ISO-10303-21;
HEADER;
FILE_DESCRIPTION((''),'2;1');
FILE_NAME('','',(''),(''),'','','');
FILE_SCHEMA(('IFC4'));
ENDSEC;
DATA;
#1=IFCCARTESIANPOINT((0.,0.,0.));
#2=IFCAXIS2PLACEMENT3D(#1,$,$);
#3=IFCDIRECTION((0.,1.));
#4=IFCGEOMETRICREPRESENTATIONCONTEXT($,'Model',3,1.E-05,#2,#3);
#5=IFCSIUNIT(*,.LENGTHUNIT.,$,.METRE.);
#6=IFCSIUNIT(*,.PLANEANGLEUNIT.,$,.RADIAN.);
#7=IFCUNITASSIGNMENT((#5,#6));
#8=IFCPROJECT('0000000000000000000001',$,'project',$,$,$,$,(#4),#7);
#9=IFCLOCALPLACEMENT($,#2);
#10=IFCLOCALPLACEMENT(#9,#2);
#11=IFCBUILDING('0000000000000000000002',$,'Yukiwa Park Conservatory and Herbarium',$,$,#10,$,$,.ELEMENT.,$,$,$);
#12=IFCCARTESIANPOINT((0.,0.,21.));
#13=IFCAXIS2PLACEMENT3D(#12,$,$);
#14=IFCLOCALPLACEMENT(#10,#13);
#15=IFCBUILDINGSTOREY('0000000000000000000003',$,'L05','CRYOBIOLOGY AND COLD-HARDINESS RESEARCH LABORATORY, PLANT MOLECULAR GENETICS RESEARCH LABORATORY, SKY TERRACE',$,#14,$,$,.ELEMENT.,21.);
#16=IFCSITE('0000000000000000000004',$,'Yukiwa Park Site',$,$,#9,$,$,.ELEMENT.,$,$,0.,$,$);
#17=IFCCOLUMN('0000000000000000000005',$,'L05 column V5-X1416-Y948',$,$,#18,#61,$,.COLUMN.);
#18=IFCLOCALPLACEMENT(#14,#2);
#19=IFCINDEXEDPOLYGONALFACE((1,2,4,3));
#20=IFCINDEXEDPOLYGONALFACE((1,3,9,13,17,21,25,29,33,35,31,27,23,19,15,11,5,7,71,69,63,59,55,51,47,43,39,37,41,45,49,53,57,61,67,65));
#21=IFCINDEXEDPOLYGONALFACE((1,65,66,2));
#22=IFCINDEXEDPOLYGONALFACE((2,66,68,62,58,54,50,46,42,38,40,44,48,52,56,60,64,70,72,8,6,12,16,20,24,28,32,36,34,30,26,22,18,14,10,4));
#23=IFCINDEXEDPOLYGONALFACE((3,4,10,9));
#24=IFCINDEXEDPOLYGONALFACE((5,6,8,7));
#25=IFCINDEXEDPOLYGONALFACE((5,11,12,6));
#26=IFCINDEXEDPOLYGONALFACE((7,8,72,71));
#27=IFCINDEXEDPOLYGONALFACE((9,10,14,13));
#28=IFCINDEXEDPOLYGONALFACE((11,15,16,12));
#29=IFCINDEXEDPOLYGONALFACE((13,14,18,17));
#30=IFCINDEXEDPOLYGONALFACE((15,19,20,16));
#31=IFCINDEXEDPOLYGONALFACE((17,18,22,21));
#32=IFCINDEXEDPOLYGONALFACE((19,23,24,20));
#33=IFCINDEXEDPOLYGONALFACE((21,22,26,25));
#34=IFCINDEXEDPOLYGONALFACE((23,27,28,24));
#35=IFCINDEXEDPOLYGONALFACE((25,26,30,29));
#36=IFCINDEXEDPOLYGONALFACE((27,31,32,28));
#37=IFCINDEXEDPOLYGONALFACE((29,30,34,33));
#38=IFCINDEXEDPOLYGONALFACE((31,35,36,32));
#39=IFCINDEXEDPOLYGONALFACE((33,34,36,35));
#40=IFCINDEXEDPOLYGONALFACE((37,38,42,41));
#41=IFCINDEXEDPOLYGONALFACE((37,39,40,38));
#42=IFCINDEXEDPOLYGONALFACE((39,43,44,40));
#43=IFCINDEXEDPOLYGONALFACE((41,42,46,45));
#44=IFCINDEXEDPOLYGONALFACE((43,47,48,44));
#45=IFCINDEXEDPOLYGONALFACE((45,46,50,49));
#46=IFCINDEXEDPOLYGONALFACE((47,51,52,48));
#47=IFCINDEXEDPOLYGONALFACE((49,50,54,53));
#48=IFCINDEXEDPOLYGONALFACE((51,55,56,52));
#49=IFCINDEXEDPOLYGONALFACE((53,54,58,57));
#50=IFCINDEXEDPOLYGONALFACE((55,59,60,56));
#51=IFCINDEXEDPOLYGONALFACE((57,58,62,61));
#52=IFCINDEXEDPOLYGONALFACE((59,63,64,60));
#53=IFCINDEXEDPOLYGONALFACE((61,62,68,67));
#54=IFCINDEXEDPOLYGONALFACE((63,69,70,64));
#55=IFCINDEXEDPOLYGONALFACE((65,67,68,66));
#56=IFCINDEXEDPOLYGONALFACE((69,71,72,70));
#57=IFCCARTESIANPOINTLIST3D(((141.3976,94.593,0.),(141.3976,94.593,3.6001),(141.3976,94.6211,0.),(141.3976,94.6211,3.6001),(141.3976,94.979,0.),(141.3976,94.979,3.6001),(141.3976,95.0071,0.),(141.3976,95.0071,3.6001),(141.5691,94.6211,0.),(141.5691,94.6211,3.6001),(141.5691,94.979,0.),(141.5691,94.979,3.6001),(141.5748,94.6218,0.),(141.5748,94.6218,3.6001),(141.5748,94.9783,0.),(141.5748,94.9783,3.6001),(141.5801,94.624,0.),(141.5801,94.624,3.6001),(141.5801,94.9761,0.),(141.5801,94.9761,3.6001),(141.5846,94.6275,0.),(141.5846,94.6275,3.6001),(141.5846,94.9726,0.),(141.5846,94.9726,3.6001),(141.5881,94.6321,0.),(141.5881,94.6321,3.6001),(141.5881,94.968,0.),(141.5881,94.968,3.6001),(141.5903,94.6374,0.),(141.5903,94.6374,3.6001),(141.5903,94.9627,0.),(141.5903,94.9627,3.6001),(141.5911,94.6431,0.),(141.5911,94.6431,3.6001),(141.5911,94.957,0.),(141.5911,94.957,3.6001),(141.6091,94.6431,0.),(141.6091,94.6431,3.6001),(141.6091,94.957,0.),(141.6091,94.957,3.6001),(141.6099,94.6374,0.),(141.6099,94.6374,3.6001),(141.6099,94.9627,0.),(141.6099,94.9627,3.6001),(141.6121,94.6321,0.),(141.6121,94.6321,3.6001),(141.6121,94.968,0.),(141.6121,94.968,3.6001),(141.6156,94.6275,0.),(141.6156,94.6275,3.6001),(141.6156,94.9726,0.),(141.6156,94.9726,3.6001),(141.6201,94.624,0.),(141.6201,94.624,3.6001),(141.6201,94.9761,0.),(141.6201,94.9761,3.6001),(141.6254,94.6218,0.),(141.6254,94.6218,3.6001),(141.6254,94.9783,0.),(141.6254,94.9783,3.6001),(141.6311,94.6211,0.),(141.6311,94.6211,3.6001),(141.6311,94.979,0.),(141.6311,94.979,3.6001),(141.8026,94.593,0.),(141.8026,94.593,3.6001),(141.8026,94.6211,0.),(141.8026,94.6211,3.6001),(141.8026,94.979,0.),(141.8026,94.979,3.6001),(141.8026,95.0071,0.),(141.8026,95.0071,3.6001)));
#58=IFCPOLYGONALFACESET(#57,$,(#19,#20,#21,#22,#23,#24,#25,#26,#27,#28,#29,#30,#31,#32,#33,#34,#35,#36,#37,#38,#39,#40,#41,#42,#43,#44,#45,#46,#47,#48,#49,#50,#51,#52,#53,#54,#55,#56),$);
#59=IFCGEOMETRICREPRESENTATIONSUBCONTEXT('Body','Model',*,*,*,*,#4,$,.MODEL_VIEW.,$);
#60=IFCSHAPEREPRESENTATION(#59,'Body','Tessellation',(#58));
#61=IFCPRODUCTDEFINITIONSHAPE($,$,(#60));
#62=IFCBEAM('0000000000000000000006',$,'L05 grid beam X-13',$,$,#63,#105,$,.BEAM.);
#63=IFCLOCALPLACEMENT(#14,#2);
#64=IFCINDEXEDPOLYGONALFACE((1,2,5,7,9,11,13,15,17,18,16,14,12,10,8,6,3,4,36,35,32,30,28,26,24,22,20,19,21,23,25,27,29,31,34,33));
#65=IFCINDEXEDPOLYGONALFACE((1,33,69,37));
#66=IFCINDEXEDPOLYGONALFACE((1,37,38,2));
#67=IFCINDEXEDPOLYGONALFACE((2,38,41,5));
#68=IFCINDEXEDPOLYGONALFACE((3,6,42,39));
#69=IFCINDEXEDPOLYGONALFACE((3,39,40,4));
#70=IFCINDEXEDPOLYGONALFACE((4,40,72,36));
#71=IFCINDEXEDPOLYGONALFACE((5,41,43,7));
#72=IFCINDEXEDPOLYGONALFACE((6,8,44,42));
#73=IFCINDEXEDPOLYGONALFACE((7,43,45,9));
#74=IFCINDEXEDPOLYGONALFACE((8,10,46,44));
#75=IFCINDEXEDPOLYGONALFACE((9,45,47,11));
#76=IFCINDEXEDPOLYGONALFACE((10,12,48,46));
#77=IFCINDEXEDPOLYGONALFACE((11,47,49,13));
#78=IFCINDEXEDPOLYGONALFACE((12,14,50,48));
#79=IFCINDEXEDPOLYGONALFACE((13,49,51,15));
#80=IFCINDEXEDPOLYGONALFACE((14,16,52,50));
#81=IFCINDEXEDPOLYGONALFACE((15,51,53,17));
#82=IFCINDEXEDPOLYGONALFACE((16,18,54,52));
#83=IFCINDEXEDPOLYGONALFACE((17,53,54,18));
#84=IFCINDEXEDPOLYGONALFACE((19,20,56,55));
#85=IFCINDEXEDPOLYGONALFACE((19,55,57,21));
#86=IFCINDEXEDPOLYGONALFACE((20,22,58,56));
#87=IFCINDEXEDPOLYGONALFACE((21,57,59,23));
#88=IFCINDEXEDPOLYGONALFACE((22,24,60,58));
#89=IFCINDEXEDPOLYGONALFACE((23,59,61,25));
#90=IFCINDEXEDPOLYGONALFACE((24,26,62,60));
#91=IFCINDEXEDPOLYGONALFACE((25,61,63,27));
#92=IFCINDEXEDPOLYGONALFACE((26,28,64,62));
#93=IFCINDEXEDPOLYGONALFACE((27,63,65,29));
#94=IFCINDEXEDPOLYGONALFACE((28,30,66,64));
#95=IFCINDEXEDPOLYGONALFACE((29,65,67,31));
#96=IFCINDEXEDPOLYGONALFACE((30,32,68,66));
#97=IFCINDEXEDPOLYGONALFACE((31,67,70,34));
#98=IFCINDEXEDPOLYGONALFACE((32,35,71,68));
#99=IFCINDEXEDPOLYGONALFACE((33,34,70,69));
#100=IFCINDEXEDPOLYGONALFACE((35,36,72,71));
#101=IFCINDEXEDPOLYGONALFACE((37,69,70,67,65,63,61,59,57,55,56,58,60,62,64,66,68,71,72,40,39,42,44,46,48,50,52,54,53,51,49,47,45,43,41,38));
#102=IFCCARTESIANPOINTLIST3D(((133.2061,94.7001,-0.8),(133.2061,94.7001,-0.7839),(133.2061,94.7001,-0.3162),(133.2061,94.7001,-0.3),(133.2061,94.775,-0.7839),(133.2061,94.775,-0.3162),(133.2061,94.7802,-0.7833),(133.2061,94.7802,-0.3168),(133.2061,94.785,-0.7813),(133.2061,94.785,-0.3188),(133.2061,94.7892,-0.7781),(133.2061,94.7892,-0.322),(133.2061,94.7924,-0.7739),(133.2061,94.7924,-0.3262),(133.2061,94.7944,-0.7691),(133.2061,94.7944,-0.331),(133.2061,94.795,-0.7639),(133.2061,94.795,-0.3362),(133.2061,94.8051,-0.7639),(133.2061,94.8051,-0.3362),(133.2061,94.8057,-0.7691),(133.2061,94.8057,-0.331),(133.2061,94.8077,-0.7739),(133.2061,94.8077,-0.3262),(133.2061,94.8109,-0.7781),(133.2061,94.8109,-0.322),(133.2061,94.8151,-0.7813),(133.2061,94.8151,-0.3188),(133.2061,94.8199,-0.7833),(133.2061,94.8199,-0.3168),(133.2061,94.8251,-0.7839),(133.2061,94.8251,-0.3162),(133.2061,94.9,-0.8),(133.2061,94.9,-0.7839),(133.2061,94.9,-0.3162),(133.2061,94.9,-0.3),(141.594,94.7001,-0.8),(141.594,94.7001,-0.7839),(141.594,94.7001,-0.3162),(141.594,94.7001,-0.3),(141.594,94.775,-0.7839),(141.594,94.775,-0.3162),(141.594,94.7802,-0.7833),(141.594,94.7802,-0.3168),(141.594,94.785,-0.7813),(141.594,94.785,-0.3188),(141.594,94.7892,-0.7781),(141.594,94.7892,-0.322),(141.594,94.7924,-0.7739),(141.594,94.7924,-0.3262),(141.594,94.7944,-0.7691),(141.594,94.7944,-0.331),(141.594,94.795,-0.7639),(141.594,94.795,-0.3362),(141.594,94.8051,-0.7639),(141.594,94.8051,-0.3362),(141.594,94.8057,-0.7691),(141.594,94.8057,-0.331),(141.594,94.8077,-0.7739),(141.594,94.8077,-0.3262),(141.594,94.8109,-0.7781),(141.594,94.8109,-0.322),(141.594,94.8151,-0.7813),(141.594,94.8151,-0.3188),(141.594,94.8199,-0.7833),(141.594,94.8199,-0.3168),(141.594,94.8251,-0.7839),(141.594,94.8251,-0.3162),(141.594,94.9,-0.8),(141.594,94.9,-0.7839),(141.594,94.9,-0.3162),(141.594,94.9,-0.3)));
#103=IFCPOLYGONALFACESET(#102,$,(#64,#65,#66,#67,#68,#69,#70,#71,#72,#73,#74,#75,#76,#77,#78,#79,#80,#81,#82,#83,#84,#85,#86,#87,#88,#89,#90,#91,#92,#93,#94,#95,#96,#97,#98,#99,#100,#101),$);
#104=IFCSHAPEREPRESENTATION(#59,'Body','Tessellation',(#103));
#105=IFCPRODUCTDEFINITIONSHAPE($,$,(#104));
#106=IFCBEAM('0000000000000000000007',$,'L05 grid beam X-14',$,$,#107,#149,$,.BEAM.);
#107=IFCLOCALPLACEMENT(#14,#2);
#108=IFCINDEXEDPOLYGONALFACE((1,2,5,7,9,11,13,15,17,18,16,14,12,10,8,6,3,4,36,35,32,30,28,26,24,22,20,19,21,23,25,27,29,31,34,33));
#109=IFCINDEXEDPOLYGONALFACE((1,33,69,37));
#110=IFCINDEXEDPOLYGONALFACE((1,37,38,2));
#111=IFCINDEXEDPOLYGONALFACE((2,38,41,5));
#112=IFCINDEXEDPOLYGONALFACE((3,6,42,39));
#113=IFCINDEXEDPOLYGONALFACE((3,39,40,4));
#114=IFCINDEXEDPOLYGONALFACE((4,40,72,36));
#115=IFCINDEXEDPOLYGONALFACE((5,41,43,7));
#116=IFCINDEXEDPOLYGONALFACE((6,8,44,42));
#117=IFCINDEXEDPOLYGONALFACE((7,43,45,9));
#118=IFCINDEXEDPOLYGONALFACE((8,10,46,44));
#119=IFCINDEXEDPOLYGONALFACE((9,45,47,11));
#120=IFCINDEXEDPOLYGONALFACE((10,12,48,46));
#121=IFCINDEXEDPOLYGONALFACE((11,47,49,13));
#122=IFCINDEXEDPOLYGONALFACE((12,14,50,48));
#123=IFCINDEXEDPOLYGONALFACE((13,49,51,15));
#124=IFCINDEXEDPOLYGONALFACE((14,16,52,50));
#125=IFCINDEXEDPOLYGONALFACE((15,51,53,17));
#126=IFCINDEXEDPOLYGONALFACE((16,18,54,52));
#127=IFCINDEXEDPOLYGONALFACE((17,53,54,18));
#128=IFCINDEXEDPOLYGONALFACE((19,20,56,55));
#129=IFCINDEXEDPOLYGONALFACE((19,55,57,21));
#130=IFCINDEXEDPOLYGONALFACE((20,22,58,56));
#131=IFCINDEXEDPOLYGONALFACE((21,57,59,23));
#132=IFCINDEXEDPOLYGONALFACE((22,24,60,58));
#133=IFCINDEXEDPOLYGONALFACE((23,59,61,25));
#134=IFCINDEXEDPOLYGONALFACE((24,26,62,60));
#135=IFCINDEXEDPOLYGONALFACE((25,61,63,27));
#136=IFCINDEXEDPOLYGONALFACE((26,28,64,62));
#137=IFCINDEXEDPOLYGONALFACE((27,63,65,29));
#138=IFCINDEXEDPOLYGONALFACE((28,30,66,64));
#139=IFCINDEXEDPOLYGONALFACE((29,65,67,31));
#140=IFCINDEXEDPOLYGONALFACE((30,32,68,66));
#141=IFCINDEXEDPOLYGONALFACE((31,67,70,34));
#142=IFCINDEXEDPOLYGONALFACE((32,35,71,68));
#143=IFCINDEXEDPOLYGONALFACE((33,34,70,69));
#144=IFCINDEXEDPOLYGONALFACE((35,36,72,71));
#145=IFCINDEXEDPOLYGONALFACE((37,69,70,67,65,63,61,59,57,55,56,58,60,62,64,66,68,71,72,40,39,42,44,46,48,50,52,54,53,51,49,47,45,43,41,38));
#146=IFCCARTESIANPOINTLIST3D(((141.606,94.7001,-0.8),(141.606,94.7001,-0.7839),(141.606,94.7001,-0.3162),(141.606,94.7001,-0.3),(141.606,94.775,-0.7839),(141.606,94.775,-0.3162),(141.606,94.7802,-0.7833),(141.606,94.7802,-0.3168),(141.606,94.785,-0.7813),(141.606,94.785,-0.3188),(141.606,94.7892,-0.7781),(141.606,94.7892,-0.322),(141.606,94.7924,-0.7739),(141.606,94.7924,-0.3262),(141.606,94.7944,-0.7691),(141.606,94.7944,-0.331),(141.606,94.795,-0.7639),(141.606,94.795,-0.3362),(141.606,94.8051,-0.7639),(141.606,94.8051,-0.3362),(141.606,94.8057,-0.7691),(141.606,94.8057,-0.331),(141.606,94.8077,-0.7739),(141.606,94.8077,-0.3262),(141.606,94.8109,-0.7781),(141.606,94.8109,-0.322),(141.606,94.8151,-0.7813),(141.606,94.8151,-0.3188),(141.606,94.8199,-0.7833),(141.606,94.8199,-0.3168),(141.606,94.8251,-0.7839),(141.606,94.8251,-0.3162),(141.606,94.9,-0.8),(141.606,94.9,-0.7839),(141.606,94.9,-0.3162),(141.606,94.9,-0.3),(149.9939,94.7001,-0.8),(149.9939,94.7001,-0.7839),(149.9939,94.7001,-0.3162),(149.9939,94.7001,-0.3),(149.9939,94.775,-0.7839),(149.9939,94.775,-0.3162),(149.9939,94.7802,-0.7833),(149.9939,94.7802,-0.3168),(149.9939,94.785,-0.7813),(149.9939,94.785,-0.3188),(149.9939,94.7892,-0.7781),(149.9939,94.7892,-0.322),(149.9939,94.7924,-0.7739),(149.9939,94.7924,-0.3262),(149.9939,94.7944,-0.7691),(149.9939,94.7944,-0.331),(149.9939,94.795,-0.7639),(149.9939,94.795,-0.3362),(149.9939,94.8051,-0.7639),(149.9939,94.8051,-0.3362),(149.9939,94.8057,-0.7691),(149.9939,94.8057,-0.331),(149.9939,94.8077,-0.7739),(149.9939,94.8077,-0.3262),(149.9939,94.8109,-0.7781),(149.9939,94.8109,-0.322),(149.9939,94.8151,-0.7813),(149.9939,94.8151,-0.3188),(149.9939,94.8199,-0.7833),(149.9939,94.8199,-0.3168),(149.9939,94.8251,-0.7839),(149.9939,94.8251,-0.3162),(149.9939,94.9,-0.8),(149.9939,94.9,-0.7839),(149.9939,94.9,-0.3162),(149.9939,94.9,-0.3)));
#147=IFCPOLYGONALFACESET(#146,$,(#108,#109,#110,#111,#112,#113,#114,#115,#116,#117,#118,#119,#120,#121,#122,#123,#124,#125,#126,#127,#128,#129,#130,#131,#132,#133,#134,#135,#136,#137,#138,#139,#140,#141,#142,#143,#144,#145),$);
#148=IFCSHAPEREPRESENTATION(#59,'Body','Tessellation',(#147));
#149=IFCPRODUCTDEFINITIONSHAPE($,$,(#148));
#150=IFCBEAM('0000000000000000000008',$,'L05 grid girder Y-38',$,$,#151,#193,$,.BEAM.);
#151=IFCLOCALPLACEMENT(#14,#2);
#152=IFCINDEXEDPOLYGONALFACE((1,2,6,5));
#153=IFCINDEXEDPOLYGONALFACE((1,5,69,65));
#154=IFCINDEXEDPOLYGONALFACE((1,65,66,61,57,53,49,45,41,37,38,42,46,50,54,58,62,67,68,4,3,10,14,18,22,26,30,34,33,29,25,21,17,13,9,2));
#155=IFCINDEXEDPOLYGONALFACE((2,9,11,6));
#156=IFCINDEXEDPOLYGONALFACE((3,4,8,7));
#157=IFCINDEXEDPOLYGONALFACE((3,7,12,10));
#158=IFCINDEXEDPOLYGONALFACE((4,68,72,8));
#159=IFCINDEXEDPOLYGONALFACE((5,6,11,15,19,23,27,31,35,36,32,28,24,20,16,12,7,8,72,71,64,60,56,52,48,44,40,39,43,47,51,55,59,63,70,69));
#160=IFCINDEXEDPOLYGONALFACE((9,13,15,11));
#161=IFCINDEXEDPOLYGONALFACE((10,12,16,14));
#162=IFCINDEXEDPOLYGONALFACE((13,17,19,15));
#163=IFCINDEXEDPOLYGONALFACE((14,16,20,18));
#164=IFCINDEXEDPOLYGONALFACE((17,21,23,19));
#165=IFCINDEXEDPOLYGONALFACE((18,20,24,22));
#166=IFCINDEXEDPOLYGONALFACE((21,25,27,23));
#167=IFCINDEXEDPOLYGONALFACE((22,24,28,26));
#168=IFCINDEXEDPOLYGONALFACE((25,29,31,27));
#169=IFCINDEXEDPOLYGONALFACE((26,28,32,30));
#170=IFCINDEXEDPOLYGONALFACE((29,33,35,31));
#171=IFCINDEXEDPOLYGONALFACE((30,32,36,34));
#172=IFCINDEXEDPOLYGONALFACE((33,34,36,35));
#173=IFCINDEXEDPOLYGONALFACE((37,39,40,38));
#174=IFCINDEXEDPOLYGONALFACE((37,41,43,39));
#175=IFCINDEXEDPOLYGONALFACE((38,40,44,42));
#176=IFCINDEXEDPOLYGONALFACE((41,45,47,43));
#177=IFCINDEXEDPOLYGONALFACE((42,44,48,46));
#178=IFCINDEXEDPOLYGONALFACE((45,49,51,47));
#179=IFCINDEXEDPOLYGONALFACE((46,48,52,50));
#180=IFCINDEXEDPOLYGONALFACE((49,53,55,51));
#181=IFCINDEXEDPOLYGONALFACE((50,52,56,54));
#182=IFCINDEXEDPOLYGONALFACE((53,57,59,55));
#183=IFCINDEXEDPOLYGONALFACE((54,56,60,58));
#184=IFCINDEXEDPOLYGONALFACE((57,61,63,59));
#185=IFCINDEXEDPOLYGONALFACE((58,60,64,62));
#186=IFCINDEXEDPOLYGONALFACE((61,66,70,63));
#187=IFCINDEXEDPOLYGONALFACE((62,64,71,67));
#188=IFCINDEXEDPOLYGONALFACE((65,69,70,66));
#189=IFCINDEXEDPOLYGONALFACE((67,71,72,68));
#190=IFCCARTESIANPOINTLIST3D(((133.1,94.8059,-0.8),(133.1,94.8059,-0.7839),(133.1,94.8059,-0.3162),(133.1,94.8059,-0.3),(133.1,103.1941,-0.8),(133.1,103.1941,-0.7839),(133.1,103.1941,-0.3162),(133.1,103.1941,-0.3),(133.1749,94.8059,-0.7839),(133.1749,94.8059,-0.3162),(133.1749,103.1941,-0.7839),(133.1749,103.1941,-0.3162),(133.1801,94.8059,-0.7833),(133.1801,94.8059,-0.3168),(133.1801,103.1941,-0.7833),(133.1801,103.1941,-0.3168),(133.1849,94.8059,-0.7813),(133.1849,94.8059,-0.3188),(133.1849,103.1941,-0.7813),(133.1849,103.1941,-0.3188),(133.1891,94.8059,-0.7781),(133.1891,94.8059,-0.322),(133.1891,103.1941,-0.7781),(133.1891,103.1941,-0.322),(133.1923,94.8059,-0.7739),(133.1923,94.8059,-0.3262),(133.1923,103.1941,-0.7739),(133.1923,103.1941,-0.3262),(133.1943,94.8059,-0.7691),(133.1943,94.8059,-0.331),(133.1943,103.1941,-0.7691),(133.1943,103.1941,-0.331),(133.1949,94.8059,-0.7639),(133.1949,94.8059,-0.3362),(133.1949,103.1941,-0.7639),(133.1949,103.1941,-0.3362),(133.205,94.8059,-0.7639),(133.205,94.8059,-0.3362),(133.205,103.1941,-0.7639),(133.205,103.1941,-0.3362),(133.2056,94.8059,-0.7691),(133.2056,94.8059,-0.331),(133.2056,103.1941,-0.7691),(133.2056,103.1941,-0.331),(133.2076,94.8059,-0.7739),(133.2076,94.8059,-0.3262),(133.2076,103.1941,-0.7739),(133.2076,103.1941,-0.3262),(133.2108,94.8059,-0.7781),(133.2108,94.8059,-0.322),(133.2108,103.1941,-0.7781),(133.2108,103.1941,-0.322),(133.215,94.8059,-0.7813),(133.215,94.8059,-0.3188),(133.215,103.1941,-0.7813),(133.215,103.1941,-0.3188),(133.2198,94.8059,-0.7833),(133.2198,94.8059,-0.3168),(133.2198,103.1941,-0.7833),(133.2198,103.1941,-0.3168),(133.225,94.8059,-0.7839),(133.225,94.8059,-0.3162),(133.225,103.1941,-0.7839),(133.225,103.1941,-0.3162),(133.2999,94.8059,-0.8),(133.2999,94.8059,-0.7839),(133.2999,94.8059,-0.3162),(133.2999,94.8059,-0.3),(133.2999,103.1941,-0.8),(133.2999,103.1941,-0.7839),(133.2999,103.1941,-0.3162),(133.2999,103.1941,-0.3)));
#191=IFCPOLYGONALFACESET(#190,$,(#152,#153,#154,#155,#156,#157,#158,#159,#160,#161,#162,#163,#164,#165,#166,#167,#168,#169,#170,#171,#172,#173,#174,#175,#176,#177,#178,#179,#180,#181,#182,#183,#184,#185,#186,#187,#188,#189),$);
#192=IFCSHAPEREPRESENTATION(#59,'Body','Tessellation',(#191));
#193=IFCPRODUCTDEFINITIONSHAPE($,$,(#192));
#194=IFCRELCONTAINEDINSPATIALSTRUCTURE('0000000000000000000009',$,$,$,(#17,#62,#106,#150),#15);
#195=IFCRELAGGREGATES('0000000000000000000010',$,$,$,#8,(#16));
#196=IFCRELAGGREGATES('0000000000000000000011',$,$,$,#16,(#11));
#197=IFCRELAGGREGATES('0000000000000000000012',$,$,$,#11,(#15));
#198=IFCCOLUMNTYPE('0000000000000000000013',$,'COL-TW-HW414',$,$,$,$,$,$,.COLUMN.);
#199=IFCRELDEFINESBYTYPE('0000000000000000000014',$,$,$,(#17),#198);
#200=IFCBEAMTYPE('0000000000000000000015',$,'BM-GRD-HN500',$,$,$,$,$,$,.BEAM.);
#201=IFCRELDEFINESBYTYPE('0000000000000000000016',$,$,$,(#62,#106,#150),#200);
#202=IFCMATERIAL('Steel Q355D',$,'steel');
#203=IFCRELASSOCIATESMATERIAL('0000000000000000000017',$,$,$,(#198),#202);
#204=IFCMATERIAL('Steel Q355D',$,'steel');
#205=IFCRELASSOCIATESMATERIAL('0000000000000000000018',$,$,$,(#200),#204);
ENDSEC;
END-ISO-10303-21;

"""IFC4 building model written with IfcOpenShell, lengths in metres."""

from ifc_helpers import new_model, si_unit, direction, frame, origin, origin_2d, place, context, subcontext, project, spatial, i_section, extrude, material, material_profile, profile_set, type_object, element, save


model = new_model("IFC4")

# Units and contexts
model_context = context("Model", 3, precision=1e-05, world=origin(), true_north=direction((0.0, 1.0)))
body_context = subcontext(model_context, "Body", "Model", "MODEL_VIEW")
ifc_project = project(units=[si_unit("LENGTHUNIT", "METRE"), si_unit("PLANEANGLEUNIT", "RADIAN")], contexts=[model_context])

# Site, building, storey
site_placement = place(None, origin())
site = spatial("IfcSite", under=ifc_project, at=site_placement, Name="Yukiwa Park Site", CompositionType="ELEMENT", RefElevation=0.0)
building_placement = place(site_placement, origin())
building = spatial("IfcBuilding", under=site, at=building_placement, Name="Yukiwa Park Conservatory and Herbarium", CompositionType="ELEMENT")
storey_placement = place(building_placement, frame((0.0, 0.0, 21.0)))
storey = spatial("IfcBuildingStorey", under=building, at=storey_placement, Name="L05", Description="CRYOBIOLOGY AND COLD-HARDINESS RESEARCH LABORATORY, PLANT MOLECULAR GENETICS RESEARCH LABORATORY, SKY TERRACE", CompositionType="ELEMENT", Elevation=21.0)

# Column
ifc_material_1 = material(Name="Steel Q355D", Category="steel")
ifc_material_profile_1 = material_profile(ifc_material_1, i_section(OverallWidth=0.405, OverallDepth=0.4141, WebThickness=0.0181, FlangeThickness=0.0281, FilletRadius=0.022, at=origin_2d()), Name="HW 414x405x18x28")
ifc_profile_set_1 = profile_set([ifc_material_profile_1], Name="Steel Q355D")
column_type = type_object("IfcColumnType", Name="COL-TW-HW414", PredefinedType="COLUMN", material=ifc_profile_set_1)
column_placement = place(storey_placement, frame((141.6001, 94.8, 0.0), z_axis=(0.0, 0.0, 1.0), x_axis=(1.0, 0.0, 0.0)))
element("IfcColumn", 1, at=column_placement, inside=storey, type_object=column_type, Name="L05 column V5-X1416-Y948", PredefinedType="COLUMN", context=body_context, shape_type="SweptSolid", body=[
    extrude(i_section(OverallWidth=0.405, OverallDepth=0.4141, WebThickness=0.0181, FlangeThickness=0.0281, FilletRadius=0.022, at=origin_2d()), origin(), (0.0, 0.0, 1.0), 3.6001),
])

# Beams
ifc_material_2 = material(Name="Steel Q355D", Category="steel")
ifc_material_profile_2 = material_profile(ifc_material_2, i_section(OverallWidth=0.2, OverallDepth=0.5, WebThickness=0.01, FlangeThickness=0.0161, FilletRadius=0.02, at=origin_2d()), Name="HN 500x200x10x16")
ifc_profile_set_2 = profile_set([ifc_material_profile_2], Name="Steel Q355D")
beam_type_1 = type_object("IfcBeamType", Name="BM-GRD-HN500", PredefinedType="BEAM", material=ifc_profile_set_2)
for number, where, z_axis, x_axis, name in (
    (2, (133.2061, 94.8, -0.55), (1.0, 0.0, 0.0), (0.0, 1.0, 0.0), "L05 grid beam X-13"),
    (3, (141.606, 94.8, -0.55), (1.0, 0.0, 0.0), (0.0, 1.0, 0.0), "L05 grid beam X-14"),
):
    element("IfcBeam", number, at=place(storey_placement, frame(where, z_axis=z_axis, x_axis=x_axis)), inside=storey, type_object=beam_type_1, Name=name, PredefinedType="BEAM", context=body_context, shape_type="SweptSolid", body=[
        extrude(i_section(OverallWidth=0.2, OverallDepth=0.5, WebThickness=0.01, FlangeThickness=0.0161, FilletRadius=0.02, at=origin_2d()), origin(), (0.0, 0.0, 1.0), 8.3879),
    ])
beam_1_placement = place(storey_placement, frame((133.2, 94.8059, -0.55), z_axis=(0.0, 1.0, 0.0), x_axis=(-1.0, 0.0, 0.0)))
element("IfcBeam", 4, at=beam_1_placement, inside=storey, type_object=beam_type_1, Name="L05 grid girder Y-38", PredefinedType="BEAM", context=body_context, shape_type="SweptSolid", body=[
    extrude(i_section(OverallWidth=0.2, OverallDepth=0.5, WebThickness=0.01, FlangeThickness=0.0161, FilletRadius=0.02, at=origin_2d()), origin(), (0.0, 0.0, 1.0), 8.3882),
])

save(model, "model.ifc")
